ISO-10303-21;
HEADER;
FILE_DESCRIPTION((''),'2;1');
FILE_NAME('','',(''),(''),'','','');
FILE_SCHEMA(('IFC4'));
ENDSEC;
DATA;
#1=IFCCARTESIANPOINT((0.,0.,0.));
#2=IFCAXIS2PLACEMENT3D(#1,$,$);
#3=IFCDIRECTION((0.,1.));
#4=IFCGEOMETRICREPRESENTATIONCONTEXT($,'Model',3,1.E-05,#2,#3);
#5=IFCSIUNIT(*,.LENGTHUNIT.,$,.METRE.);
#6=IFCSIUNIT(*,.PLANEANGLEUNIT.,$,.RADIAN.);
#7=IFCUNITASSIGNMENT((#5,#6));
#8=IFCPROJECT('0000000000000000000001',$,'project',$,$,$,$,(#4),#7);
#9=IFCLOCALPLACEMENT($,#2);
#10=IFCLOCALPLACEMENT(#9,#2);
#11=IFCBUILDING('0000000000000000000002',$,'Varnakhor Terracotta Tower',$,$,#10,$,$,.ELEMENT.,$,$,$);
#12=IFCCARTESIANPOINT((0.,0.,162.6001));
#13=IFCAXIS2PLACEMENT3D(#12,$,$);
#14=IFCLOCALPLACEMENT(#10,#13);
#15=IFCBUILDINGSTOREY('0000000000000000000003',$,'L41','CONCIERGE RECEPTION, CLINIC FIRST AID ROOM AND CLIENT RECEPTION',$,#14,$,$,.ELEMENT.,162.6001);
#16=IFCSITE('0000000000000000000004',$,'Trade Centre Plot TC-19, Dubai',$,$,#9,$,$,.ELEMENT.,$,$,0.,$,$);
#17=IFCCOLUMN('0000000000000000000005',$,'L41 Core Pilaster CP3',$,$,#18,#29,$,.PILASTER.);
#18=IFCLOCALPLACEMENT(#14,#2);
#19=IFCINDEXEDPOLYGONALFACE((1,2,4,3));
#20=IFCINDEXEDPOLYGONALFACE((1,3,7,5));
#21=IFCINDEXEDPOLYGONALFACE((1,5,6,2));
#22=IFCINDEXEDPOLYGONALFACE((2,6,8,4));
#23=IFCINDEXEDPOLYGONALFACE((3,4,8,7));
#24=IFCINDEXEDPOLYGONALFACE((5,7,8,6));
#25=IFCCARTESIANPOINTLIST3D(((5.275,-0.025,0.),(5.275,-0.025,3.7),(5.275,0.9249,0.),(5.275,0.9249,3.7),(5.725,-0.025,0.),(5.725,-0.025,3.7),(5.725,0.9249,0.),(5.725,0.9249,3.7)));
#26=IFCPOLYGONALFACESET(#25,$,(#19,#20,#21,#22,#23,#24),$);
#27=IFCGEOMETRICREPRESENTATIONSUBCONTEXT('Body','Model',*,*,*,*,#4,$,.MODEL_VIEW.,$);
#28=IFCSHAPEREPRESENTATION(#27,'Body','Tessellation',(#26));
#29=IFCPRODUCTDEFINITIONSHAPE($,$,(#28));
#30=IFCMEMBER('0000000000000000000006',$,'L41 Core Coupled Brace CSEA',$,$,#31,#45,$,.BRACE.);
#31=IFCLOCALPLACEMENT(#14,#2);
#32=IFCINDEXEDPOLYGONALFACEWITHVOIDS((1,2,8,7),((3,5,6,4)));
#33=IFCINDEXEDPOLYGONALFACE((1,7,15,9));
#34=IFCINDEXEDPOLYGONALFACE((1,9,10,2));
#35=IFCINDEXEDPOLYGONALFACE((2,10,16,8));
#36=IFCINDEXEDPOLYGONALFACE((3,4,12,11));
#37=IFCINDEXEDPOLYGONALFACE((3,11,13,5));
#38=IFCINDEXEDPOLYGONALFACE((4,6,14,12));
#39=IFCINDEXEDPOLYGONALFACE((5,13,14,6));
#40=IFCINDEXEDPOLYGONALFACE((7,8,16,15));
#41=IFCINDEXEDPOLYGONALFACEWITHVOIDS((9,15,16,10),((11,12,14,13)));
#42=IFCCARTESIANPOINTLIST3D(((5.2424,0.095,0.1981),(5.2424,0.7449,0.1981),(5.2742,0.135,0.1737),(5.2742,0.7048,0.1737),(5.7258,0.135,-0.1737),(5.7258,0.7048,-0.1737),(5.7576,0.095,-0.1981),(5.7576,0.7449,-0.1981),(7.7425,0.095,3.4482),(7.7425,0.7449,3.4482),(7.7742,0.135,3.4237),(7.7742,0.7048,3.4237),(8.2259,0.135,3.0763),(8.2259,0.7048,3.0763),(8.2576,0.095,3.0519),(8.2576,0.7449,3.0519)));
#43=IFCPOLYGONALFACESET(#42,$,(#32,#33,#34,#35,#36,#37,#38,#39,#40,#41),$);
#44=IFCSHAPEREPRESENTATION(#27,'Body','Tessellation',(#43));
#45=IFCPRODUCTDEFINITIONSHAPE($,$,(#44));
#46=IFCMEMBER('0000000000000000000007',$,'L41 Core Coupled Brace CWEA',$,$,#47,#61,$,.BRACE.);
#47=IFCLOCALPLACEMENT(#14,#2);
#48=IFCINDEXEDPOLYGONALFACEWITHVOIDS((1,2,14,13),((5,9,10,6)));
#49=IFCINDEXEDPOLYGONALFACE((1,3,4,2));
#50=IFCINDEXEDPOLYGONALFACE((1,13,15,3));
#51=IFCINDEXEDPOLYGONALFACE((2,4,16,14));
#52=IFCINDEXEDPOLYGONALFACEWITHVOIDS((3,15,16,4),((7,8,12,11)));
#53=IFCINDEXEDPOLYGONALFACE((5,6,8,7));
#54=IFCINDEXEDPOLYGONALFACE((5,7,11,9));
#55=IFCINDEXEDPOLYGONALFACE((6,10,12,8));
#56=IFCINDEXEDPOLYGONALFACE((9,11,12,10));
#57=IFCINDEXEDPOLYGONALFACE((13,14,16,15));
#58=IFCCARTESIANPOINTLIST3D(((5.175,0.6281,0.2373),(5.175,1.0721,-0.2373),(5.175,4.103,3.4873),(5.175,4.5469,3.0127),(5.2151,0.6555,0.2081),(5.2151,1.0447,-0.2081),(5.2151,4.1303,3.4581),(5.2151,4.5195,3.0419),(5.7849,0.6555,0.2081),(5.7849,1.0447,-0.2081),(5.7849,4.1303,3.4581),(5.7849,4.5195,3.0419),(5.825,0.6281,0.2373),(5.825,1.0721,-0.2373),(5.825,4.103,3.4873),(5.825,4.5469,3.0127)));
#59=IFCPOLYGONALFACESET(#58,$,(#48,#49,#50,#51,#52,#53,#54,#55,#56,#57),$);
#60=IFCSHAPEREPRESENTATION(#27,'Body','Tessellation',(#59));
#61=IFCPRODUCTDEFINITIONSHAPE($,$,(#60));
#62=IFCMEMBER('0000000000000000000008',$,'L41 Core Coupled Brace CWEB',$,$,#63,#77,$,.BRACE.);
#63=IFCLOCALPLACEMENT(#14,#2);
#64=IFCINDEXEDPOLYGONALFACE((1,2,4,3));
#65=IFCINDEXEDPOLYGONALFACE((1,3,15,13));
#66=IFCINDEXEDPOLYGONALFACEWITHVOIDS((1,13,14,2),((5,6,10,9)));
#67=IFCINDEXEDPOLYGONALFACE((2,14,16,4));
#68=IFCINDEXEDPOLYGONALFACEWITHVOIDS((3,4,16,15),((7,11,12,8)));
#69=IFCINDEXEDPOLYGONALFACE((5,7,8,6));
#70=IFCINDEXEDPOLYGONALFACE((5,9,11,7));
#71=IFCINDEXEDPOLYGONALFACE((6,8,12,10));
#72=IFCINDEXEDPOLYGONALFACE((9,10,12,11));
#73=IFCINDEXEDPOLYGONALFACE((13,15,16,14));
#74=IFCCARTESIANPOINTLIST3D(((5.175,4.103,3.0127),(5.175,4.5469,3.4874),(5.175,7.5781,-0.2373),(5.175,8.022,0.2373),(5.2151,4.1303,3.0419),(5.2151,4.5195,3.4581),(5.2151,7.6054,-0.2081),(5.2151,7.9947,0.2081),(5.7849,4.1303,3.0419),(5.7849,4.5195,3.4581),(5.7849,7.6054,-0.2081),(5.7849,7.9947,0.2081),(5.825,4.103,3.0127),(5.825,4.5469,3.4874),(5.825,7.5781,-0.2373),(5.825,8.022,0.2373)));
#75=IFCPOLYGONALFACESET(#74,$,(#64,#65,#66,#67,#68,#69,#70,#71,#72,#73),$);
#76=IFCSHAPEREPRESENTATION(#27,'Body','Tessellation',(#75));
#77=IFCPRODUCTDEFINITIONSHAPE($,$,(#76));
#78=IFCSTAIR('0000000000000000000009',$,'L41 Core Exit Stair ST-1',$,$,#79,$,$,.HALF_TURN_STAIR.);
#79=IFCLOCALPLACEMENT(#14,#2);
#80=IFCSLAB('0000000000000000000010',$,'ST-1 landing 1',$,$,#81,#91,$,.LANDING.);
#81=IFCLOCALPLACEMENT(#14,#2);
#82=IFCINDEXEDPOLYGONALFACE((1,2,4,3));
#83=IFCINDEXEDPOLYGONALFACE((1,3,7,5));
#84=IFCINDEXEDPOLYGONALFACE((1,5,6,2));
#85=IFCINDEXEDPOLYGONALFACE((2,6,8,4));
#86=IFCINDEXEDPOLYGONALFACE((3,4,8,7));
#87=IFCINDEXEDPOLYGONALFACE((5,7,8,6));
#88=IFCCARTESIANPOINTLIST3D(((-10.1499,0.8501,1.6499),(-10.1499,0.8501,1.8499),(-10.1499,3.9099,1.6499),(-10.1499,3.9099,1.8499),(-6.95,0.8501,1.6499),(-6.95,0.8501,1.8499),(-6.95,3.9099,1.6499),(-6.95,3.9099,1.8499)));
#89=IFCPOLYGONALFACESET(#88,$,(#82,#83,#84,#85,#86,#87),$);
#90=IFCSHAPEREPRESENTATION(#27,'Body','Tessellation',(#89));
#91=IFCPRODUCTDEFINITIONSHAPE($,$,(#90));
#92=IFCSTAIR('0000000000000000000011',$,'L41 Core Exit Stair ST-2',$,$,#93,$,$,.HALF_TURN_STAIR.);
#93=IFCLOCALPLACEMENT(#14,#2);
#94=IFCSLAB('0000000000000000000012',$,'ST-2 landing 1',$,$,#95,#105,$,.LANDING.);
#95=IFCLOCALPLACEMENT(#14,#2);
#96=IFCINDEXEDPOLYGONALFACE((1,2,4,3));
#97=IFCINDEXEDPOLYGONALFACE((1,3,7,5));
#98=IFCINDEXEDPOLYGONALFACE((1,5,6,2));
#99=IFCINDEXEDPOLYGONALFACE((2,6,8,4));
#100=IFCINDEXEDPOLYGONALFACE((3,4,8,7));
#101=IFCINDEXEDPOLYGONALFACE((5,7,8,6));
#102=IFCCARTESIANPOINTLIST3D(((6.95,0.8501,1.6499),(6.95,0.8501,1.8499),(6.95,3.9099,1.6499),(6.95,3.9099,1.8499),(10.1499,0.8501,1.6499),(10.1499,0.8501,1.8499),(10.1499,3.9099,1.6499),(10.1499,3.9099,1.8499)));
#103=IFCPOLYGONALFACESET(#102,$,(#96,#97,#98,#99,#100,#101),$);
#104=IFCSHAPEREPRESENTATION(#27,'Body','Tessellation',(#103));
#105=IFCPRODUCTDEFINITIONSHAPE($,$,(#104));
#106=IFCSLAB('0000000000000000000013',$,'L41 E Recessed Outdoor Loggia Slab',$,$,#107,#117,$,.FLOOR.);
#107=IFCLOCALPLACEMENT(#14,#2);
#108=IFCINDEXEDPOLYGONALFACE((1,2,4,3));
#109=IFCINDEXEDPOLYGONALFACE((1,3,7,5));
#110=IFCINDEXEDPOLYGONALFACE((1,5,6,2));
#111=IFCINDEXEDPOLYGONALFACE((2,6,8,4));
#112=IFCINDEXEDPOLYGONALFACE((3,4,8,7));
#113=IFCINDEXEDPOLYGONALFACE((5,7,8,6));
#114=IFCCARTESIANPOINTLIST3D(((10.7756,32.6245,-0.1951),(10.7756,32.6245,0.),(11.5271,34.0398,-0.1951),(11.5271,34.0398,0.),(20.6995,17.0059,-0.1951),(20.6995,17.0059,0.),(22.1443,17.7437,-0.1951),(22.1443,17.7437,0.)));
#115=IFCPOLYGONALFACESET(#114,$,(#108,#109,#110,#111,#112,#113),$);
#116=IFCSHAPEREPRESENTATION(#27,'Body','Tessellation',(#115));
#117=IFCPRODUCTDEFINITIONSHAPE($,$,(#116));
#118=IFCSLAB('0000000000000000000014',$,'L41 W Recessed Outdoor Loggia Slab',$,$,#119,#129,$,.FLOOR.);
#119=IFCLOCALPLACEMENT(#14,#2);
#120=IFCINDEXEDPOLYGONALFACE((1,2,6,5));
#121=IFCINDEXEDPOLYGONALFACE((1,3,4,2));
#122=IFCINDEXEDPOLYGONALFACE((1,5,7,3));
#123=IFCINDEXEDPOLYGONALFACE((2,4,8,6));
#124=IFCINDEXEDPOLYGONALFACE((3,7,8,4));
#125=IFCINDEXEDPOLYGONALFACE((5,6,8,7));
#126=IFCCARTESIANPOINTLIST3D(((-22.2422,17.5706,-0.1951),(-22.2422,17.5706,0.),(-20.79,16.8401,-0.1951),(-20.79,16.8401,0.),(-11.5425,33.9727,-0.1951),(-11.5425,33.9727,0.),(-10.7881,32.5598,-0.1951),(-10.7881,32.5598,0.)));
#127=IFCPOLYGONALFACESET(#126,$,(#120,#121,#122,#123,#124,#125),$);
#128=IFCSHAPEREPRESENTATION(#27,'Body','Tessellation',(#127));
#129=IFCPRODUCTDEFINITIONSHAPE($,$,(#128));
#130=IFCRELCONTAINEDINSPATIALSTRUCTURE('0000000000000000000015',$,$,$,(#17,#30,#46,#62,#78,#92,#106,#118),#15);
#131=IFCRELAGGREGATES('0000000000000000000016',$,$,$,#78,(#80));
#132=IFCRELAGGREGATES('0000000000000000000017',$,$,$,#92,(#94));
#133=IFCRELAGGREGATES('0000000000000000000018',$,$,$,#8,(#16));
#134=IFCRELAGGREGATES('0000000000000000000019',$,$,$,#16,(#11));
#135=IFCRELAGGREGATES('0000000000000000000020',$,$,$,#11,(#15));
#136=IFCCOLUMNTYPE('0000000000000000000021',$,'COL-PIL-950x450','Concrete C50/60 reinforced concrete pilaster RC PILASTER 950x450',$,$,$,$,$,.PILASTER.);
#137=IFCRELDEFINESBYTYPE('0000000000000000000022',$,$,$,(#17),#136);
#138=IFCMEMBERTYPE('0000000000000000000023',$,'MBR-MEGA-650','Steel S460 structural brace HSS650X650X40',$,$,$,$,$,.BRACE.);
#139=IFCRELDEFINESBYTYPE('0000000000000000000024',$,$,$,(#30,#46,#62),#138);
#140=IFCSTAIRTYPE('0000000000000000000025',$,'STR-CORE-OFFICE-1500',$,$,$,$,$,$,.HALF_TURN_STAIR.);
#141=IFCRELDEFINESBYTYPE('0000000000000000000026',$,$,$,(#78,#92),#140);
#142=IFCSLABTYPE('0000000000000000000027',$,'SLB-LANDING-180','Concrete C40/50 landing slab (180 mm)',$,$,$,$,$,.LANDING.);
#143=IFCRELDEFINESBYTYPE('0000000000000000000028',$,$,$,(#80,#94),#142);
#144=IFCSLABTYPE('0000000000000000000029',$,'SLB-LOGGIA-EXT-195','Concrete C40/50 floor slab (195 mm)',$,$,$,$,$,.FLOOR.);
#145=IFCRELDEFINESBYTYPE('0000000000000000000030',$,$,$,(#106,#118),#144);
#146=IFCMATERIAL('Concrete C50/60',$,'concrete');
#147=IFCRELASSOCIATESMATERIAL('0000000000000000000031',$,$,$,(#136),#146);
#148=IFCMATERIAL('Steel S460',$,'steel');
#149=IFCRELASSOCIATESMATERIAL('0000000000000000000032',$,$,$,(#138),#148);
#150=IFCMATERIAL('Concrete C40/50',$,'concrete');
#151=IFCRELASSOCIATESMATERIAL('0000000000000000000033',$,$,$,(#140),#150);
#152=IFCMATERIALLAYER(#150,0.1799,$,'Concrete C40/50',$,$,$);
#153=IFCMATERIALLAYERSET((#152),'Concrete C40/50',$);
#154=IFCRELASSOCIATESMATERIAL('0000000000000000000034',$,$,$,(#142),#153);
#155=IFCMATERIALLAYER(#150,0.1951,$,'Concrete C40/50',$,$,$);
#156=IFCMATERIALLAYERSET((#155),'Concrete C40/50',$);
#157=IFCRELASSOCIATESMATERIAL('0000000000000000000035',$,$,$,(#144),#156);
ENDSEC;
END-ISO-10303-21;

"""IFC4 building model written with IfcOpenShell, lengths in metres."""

from ifc_helpers import new_model, si_unit, direction, frame, origin, origin_2d, place, context, subcontext, project, spatial, polyline, rectangle, hollow_rectangle, outline, extrude, source, transform, mapped, material, layer, layer_set, material_profile, profile_set, type_object, element, aggregate, save


model = new_model("IFC4")

# Units and contexts
model_context = context("Model", 3, precision=1e-05, world=origin(), true_north=direction((0.0, 1.0)))
body_context = subcontext(model_context, "Body", "Model", "MODEL_VIEW")
ifc_project = project(units=[si_unit("LENGTHUNIT", "METRE"), si_unit("PLANEANGLEUNIT", "RADIAN")], contexts=[model_context])

# Site, building, storey
site_placement = place(None, origin())
site = spatial("IfcSite", under=ifc_project, at=site_placement, Name="Trade Centre Plot TC-19, Dubai", CompositionType="ELEMENT", RefElevation=0.0)
building_placement = place(site_placement, origin())
building = spatial("IfcBuilding", under=site, at=building_placement, Name="Varnakhor Terracotta Tower", CompositionType="ELEMENT")
storey_placement = place(building_placement, frame((0.0, 0.0, 162.6001)))
storey = spatial("IfcBuildingStorey", under=building, at=storey_placement, Name="L41", Description="CONCIERGE RECEPTION, CLINIC FIRST AID ROOM AND CLIENT RECEPTION", CompositionType="ELEMENT", Elevation=162.6001)

# Column
ifc_material_1 = material(Name="Concrete C50/60", Category="concrete")
ifc_material_profile_1 = material_profile(ifc_material_1, rectangle(XDim=0.45, YDim=0.95, at=origin_2d()), Name="RC PILASTER 950x450")
ifc_profile_set_1 = profile_set([ifc_material_profile_1], Name="Concrete C50/60")
column_type = type_object("IfcColumnType", Name="COL-PIL-950x450", Description="Concrete C50/60 reinforced concrete pilaster RC PILASTER 950x450", PredefinedType="PILASTER", material=ifc_profile_set_1)
shared_shape_1 = source(origin(), body_context, "Body", "SweptSolid", [
    extrude(rectangle(XDim=0.45, YDim=0.95, at=origin_2d()), origin(), (0.0, 0.0, 1.0), 3.7),
])
column_placement = place(storey_placement, frame((5.5, 0.45, 0.0), z_axis=(0.0, 0.0, 1.0), x_axis=(1.0, 0.0, 0.0)))
element("IfcColumn", 1, at=column_placement, inside=storey, type_object=column_type, Name="L41 Core Pilaster CP3", PredefinedType="PILASTER", context=body_context, shape_type="MappedRepresentation", body=[
    mapped(shared_shape_1, transform((0.0, 0.0, 0.0), scale=1.0)),
])

# Members
ifc_material_2 = material(Name="Steel S460", Category="steel")
ifc_material_profile_2 = material_profile(ifc_material_2, hollow_rectangle(XDim=0.6499, YDim=0.6499, WallThickness=0.04, at=origin_2d()), Name="HSS650X650X40")
ifc_profile_set_2 = profile_set([ifc_material_profile_2], Name="Steel S460")
member_type = type_object("IfcMemberType", Name="MBR-MEGA-650", Description="Steel S460 structural brace HSS650X650X40", PredefinedType="BRACE", material=ifc_profile_set_2)
shared_shape_2 = source(origin(), body_context, "Body", "SweptSolid", [
    extrude(hollow_rectangle(XDim=0.6499, YDim=0.6499, WallThickness=0.04, at=origin_2d()), origin(), (0.0, 0.0, 1.0), 4.1003),
])
member_1_placement = place(storey_placement, frame((5.5, 0.4199, 0.0), z_axis=(0.609711, 0.0, 0.792624), x_axis=(0.0, 1.0, 0.0)))
element("IfcMember", 2, at=member_1_placement, inside=storey, type_object=member_type, Name="L41 Core Coupled Brace CSEA", PredefinedType="BRACE", context=body_context, shape_type="MappedRepresentation", body=[
    mapped(shared_shape_2, transform((0.0, 0.0, 0.0), scale=1.0)),
])
shared_shape_3 = source(origin(), body_context, "Body", "SweptSolid", [
    extrude(hollow_rectangle(XDim=0.6499, YDim=0.6499, WallThickness=0.04, at=origin_2d()), origin(), (0.0, 0.0, 1.0), 4.7578),
])
member_2_placement = place(storey_placement, frame((5.5, 0.8501, 0.0), z_axis=(0.0, 0.730342, 0.683082), x_axis=(-1.0, 0.0, 0.0)))
element("IfcMember", 3, at=member_2_placement, inside=storey, type_object=member_type, Name="L41 Core Coupled Brace CWEA", PredefinedType="BRACE", context=body_context, shape_type="MappedRepresentation", body=[
    mapped(shared_shape_3, transform((0.0, 0.0, 0.0), scale=1.0)),
])
shared_shape_4 = source(origin(), body_context, "Body", "SweptSolid", [
    extrude(hollow_rectangle(XDim=0.6499, YDim=0.6499, WallThickness=0.04, at=origin_2d()), origin(), (0.0, 0.0, 1.0), 4.7581),
])
member_3_placement = place(storey_placement, frame((5.5, 7.8, 0.0), z_axis=(0.0, -0.730366, 0.683056), x_axis=(1.0, 0.0, 0.0)))
element("IfcMember", 4, at=member_3_placement, inside=storey, type_object=member_type, Name="L41 Core Coupled Brace CWEB", PredefinedType="BRACE", context=body_context, shape_type="MappedRepresentation", body=[
    mapped(shared_shape_4, transform((0.0, 0.0, 0.0), scale=1.0)),
])

# Stairs, slabs
ifc_material_3 = material(Name="Concrete C40/50", Category="concrete")
stair_type = type_object("IfcStairType", Name="STR-CORE-OFFICE-1500", PredefinedType="HALF_TURN_STAIR", material=ifc_material_3)
stair_1_placement = place(storey_placement, origin())
stair_1 = element("IfcStair", 5, at=stair_1_placement, inside=storey, type_object=stair_type, Name="L41 Core Exit Stair ST-1", PredefinedType="HALF_TURN_STAIR")
ifc_layer_1 = layer(ifc_material_3, 0.1799, Name="Concrete C40/50")
ifc_layer_set_1 = layer_set([ifc_layer_1], Name="Concrete C40/50")
slab_type_1 = type_object("IfcSlabType", Name="SLB-LANDING-180", Description="Concrete C40/50 landing slab (180 mm)", PredefinedType="LANDING", material=ifc_layer_set_1)
slab_1_placement = place(storey_placement, frame((0.0, 0.0, 1.6499)))
slab_1 = element("IfcSlab", 6, at=slab_1_placement, type_object=slab_type_1, Name="ST-1 landing 1", PredefinedType="LANDING", context=body_context, shape_type="SweptSolid", body=[
    extrude(outline(polyline([(-10.1499, 3.9099), (-10.1499, 0.8501), (-6.95, 0.8501), (-6.95, 3.9099), (-10.1499, 3.9099)])), origin(), (0.0, 0.0, 1.0), 0.2),
])
aggregate(stair_1, [slab_1])
stair_2_placement = place(storey_placement, origin())
stair_2 = element("IfcStair", 7, at=stair_2_placement, inside=storey, type_object=stair_type, Name="L41 Core Exit Stair ST-2", PredefinedType="HALF_TURN_STAIR")
slab_2_placement = place(storey_placement, frame((0.0, 0.0, 1.6499)))
slab_2 = element("IfcSlab", 8, at=slab_2_placement, type_object=slab_type_1, Name="ST-2 landing 1", PredefinedType="LANDING", context=body_context, shape_type="SweptSolid", body=[
    extrude(outline(polyline([(6.95, 3.9099), (6.95, 0.8501), (10.1499, 0.8501), (10.1499, 3.9099), (6.95, 3.9099)])), origin(), (0.0, 0.0, 1.0), 0.2),
])

# Slabs
ifc_layer_2 = layer(ifc_material_3, 0.1951, Name="Concrete C40/50")
ifc_layer_set_2 = layer_set([ifc_layer_2], Name="Concrete C40/50")
slab_type_2 = type_object("IfcSlabType", Name="SLB-LOGGIA-EXT-195", Description="Concrete C40/50 floor slab (195 mm)", PredefinedType="FLOOR", material=ifc_layer_set_2)
slab_3_placement = place(storey_placement, frame((0.0, 0.0, -0.1951)))
element("IfcSlab", 9, at=slab_3_placement, inside=storey, type_object=slab_type_2, Name="L41 E Recessed Outdoor Loggia Slab", PredefinedType="FLOOR", context=body_context, shape_type="SweptSolid", body=[
    extrude(outline(polyline([(11.5271, 34.0398), (22.1443, 17.7437), (20.6995, 17.0059), (10.7756, 32.6245), (11.5271, 34.0398)])), origin(), (0.0, 0.0, 1.0), 0.1951),
])
slab_4_placement = place(storey_placement, frame((0.0, 0.0, -0.1951)))
element("IfcSlab", 10, at=slab_4_placement, inside=storey, type_object=slab_type_2, Name="L41 W Recessed Outdoor Loggia Slab", PredefinedType="FLOOR", context=body_context, shape_type="SweptSolid", body=[
    extrude(outline(polyline([(-22.2422, 17.5706), (-11.5425, 33.9727), (-10.7881, 32.5598), (-20.79, 16.8401), (-22.2422, 17.5706)])), origin(), (0.0, 0.0, 1.0), 0.1951),
])

aggregate(stair_2, [slab_2])

save(model, "model.ifc")
